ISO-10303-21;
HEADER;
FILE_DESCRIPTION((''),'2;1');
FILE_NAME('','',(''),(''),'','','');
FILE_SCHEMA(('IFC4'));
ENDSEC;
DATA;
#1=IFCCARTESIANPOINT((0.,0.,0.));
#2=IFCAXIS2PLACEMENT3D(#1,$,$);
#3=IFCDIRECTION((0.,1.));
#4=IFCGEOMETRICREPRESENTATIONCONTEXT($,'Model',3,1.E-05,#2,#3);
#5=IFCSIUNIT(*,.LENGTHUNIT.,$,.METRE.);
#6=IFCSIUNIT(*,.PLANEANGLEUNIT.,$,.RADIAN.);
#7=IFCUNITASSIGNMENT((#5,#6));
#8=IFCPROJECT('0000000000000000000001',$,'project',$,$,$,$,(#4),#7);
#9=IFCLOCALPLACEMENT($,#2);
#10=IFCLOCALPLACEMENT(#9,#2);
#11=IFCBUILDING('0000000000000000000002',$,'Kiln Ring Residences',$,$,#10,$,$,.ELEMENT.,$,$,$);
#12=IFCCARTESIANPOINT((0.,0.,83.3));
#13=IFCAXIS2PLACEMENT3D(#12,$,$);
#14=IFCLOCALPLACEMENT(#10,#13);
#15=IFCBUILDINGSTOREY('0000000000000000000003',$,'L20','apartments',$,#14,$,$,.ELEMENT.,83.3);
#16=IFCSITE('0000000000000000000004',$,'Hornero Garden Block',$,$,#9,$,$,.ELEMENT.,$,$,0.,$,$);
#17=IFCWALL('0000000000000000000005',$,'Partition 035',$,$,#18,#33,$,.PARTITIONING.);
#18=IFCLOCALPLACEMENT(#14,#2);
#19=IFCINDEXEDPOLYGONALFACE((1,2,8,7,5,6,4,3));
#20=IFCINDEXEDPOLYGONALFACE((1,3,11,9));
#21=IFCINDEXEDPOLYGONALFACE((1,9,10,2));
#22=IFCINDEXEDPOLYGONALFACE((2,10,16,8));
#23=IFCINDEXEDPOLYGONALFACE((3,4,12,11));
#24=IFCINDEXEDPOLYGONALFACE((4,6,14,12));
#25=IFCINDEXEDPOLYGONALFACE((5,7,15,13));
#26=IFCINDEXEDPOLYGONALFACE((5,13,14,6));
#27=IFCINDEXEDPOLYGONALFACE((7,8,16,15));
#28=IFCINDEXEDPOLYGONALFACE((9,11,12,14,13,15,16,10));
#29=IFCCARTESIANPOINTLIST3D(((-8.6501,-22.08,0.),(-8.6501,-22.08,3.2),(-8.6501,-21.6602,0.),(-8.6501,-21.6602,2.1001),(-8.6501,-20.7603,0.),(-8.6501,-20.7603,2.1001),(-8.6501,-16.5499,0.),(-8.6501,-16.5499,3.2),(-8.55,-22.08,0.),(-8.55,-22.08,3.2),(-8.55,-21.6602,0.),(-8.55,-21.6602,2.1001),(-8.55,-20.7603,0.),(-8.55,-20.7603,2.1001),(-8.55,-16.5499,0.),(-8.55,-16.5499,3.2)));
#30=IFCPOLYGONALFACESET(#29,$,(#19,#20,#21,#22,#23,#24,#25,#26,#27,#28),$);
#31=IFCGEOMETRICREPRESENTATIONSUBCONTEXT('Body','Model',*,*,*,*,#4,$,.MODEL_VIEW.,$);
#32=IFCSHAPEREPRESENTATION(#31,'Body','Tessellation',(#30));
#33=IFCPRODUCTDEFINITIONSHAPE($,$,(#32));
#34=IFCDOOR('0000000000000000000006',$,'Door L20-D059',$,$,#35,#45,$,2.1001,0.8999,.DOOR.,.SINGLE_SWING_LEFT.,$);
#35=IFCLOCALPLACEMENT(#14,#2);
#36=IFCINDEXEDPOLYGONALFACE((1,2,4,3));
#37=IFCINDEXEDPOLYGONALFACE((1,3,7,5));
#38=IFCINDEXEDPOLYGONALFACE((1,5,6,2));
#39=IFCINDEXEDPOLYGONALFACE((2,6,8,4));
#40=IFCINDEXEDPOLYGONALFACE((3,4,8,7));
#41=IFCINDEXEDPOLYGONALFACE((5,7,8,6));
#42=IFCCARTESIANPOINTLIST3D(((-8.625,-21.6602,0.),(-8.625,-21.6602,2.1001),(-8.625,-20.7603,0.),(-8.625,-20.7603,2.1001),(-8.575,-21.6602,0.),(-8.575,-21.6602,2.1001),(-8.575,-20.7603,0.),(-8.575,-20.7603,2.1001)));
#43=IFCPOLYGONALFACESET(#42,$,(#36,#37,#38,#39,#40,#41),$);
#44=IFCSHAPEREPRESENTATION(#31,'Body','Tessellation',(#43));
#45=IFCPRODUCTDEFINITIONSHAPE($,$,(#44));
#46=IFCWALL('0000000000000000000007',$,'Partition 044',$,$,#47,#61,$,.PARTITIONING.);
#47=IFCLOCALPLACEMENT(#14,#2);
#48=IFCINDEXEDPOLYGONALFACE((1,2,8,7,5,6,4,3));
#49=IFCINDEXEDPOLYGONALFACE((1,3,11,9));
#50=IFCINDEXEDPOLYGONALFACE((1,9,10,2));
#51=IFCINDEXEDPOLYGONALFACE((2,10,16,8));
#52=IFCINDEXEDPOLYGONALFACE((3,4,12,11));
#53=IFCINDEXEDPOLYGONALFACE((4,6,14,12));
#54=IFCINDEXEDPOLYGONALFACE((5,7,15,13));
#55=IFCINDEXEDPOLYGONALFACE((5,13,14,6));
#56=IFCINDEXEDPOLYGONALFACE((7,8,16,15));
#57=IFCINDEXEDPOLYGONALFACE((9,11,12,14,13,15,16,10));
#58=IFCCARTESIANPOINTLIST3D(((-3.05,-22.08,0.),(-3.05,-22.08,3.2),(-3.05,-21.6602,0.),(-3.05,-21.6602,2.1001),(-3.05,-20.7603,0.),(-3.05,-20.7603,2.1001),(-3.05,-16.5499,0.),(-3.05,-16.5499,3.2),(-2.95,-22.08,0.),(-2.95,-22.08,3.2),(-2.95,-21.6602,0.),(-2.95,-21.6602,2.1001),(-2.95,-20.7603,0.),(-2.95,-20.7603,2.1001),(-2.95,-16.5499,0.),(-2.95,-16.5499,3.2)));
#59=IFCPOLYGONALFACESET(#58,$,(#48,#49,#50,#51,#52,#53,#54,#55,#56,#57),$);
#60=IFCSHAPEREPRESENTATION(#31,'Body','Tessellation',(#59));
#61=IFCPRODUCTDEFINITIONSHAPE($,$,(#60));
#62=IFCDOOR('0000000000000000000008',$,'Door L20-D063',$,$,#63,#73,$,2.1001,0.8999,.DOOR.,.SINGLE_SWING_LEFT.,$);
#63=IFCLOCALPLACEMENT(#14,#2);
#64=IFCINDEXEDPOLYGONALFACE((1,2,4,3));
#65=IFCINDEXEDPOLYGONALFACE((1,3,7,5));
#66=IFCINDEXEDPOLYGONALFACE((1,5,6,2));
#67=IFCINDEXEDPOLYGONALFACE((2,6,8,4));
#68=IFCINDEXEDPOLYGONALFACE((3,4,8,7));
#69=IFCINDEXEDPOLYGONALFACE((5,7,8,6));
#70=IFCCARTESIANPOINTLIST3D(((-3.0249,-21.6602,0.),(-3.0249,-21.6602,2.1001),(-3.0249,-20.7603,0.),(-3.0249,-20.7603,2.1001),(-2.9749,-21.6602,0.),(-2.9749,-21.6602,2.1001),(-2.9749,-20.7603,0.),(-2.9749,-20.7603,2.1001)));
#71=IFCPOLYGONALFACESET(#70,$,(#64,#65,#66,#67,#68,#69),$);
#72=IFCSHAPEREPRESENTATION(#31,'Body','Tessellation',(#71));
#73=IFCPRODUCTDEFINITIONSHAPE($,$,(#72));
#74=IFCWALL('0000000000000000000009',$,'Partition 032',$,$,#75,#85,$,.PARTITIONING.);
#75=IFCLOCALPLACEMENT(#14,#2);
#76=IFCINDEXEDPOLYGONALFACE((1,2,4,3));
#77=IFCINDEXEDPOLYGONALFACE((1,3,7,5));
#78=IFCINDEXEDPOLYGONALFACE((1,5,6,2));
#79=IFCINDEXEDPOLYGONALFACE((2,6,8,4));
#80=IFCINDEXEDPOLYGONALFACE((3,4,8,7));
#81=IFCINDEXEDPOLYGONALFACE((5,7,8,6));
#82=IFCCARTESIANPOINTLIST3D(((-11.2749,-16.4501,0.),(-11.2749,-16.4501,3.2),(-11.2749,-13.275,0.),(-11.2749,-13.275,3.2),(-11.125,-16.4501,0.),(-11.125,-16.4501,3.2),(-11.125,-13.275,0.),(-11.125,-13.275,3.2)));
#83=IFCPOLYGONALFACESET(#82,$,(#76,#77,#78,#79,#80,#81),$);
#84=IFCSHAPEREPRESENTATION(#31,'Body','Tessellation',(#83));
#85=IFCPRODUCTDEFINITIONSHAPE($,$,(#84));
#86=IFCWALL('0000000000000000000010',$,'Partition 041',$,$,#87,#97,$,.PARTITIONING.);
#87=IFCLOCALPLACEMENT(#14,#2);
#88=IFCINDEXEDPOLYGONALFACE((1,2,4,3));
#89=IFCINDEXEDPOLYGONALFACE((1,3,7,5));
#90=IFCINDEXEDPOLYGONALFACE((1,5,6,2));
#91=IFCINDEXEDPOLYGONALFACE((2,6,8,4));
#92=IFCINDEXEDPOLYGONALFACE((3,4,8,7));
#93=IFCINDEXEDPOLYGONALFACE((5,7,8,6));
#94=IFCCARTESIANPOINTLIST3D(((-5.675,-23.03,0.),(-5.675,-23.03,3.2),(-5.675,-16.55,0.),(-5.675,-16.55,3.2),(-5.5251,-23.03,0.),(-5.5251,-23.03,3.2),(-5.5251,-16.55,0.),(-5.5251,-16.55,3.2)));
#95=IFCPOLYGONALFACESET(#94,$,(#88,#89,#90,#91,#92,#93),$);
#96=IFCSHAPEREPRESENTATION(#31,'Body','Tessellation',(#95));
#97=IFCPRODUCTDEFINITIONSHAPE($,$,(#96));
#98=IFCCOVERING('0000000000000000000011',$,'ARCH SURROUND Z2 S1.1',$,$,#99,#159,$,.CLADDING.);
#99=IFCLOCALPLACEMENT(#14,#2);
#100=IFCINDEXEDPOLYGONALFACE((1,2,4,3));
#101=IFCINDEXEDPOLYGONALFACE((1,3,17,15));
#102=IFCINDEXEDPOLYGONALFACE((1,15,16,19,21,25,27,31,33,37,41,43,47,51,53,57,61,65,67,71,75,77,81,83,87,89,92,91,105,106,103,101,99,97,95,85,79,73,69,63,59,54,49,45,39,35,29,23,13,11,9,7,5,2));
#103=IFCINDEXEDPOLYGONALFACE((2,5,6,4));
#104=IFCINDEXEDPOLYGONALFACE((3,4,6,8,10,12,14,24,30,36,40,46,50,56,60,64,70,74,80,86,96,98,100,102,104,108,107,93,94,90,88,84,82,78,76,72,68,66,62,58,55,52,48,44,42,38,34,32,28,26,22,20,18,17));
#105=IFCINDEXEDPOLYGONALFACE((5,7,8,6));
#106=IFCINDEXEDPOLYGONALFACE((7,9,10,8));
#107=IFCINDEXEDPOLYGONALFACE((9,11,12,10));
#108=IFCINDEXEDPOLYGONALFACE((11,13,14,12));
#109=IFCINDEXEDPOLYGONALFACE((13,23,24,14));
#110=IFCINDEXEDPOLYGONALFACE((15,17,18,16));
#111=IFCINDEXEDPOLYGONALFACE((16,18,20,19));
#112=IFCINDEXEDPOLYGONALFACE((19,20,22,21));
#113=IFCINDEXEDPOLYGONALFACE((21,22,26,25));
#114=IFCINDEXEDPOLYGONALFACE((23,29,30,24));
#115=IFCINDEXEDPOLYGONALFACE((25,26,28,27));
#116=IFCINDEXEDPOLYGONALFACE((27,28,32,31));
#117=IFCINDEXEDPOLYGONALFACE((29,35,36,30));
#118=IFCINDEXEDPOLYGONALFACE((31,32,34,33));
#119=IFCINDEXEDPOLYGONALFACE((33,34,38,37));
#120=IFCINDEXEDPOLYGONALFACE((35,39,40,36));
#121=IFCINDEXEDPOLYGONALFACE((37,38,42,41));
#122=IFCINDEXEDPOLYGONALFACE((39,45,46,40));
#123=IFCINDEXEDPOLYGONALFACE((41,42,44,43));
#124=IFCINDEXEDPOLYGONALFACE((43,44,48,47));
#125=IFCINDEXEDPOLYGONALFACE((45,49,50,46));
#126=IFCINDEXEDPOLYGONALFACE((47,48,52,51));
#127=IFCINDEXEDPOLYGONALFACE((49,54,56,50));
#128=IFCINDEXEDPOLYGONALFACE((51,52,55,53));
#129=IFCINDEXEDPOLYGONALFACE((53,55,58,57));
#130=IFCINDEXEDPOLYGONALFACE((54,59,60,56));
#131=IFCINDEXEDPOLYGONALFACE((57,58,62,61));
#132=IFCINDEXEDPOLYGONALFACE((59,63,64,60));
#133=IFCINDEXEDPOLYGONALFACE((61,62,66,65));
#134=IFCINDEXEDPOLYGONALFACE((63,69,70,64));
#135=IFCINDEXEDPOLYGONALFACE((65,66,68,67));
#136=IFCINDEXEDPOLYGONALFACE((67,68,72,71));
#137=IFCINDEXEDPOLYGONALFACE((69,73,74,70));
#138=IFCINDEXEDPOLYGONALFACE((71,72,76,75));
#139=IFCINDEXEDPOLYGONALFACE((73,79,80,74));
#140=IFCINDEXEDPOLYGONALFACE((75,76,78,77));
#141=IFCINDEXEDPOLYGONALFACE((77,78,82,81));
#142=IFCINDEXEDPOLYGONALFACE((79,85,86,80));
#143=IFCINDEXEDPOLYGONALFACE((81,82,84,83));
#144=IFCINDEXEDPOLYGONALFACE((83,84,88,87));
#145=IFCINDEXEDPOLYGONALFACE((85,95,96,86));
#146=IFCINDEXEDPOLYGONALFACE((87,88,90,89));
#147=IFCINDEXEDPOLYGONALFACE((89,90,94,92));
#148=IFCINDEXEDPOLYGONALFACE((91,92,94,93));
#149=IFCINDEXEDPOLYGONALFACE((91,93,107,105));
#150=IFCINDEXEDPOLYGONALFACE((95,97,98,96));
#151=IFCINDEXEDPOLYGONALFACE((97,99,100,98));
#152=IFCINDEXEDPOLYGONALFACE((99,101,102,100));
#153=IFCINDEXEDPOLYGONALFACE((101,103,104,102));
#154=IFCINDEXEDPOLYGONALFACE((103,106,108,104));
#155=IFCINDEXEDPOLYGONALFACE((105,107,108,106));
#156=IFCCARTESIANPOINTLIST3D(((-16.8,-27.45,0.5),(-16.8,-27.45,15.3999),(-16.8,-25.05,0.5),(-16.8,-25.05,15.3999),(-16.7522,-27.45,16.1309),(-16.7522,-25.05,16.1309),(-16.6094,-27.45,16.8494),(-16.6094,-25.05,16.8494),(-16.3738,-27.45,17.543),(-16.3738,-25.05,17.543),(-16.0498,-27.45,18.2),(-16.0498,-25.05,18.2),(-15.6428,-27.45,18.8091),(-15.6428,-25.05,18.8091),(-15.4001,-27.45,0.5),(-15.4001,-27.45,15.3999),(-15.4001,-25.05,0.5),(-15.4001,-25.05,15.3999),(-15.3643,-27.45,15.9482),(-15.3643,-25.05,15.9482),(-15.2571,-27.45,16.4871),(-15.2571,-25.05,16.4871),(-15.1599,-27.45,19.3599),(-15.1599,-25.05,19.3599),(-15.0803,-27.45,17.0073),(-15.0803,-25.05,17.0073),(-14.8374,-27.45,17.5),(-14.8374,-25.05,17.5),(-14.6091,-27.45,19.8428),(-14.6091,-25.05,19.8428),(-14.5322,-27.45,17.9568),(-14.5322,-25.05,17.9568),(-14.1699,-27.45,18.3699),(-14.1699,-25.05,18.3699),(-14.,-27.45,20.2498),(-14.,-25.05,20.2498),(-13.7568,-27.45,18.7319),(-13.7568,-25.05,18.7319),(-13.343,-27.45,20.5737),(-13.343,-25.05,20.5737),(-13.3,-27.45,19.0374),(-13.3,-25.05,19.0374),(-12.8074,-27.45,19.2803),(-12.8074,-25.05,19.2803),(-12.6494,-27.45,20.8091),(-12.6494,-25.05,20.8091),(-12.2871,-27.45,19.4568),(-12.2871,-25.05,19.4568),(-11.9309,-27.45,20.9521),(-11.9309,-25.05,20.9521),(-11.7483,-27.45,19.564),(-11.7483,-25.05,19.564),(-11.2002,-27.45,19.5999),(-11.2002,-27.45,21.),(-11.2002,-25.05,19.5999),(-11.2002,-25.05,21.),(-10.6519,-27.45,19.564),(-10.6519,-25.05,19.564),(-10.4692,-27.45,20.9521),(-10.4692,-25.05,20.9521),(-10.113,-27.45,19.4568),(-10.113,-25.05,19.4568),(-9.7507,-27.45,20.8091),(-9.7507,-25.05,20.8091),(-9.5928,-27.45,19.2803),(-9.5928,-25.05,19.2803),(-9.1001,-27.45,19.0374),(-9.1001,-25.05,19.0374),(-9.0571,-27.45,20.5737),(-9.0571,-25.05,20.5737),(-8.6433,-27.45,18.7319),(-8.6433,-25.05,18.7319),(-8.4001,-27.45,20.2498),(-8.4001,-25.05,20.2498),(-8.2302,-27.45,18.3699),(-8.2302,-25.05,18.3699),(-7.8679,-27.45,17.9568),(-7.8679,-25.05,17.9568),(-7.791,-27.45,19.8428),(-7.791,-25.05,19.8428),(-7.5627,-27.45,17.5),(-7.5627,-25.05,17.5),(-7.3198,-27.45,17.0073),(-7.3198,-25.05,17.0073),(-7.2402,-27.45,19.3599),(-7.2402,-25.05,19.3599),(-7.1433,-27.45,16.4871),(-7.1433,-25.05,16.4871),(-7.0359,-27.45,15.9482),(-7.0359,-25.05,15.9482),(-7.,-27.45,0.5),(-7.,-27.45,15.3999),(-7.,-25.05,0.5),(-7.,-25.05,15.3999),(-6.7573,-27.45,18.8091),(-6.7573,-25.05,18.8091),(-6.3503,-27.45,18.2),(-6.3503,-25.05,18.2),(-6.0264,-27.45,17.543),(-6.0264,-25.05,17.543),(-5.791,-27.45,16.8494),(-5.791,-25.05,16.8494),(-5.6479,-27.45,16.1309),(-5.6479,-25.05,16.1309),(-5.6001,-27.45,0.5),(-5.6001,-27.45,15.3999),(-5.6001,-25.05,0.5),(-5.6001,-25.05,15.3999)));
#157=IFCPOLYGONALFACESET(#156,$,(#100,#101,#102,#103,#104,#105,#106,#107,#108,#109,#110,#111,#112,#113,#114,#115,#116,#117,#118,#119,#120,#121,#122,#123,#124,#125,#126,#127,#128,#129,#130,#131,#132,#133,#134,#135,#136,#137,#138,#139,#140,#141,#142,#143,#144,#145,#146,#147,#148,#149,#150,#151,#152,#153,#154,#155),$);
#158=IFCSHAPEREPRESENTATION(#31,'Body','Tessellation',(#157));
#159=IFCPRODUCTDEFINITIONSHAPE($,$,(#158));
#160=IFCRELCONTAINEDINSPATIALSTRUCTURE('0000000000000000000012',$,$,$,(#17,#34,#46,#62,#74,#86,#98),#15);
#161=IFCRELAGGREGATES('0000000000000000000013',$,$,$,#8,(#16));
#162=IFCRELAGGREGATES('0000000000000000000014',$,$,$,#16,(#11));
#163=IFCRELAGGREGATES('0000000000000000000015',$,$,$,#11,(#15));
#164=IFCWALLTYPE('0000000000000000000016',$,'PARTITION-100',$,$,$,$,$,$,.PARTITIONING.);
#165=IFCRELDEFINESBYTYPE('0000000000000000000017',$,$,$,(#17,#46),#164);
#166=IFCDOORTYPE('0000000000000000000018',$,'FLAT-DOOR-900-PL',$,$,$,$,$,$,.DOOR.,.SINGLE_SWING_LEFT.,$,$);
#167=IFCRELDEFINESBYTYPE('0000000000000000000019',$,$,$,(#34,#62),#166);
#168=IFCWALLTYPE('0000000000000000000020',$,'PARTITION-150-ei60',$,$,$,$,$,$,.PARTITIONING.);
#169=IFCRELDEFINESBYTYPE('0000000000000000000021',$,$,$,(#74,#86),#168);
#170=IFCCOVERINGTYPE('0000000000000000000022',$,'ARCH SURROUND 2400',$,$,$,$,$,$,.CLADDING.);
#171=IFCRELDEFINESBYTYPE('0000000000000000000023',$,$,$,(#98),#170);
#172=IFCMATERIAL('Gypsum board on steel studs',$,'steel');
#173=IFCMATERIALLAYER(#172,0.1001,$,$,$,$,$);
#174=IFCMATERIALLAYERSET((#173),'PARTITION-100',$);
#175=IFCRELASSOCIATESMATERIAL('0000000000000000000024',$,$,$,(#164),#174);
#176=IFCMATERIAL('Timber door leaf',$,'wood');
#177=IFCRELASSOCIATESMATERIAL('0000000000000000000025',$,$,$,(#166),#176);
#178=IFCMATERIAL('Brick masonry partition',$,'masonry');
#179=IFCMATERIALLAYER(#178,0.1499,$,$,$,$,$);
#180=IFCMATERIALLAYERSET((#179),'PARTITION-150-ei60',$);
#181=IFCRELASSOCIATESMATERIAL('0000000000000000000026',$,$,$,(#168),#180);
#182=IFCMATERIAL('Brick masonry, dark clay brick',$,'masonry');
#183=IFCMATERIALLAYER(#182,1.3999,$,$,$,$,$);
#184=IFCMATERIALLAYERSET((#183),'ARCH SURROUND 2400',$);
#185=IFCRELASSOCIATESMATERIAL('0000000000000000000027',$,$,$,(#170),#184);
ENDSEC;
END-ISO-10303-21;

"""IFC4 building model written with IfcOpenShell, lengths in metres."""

from ifc_helpers import new_model, si_unit, direction, frame, frame_2d, origin, place, context, subcontext, project, spatial, polyline, rectangle, outline, extrude, material, layer, layer_set, type_object, element, fill, save


model = new_model("IFC4")

# Units and contexts
model_context = context("Model", 3, precision=1e-05, world=origin(), true_north=direction((0.0, 1.0)))
body_context = subcontext(model_context, "Body", "Model", "MODEL_VIEW")
ifc_project = project(units=[si_unit("LENGTHUNIT", "METRE"), si_unit("PLANEANGLEUNIT", "RADIAN")], contexts=[model_context])

# Site, building, storey
site_placement = place(None, origin())
site = spatial("IfcSite", under=ifc_project, at=site_placement, Name="Hornero Garden Block", CompositionType="ELEMENT", RefElevation=0.0)
building_placement = place(site_placement, origin())
building = spatial("IfcBuilding", under=site, at=building_placement, Name="Kiln Ring Residences", CompositionType="ELEMENT")
storey_placement = place(building_placement, frame((0.0, 0.0, 83.3)))
storey = spatial("IfcBuildingStorey", under=building, at=storey_placement, Name="L20", Description="apartments", CompositionType="ELEMENT", Elevation=83.3)

# Walls, openings, doors
ifc_material_1 = material(Name="Gypsum board on steel studs", Category="steel")
ifc_layer_1 = layer(ifc_material_1, 0.1001)
ifc_layer_set_1 = layer_set([ifc_layer_1], Name="PARTITION-100")
wall_type_1 = type_object("IfcWallType", Name="PARTITION-100", PredefinedType="PARTITIONING", material=ifc_layer_set_1)
wall_1_placement = place(storey_placement, frame((-8.6001, -22.0801, 0.0), z_axis=(0.0, 0.0, 1.0), x_axis=(0.0, 1.0, 0.0)))
wall_1 = element("IfcWall", 1, at=wall_1_placement, inside=storey, type_object=wall_type_1, Name="Partition 035", PredefinedType="PARTITIONING", context=body_context, shape_type="SweptSolid", body=[
    extrude(rectangle(XDim=5.53, YDim=0.1001, at=frame_2d((2.7651, 0.0))), origin(), (0.0, 0.0, 1.0), 3.2),
])
opening_1_placement = place(wall_1_placement, frame((0.4199, 0.0, 0.0)))
opening_1 = element("IfcOpeningElement", 2, at=opening_1_placement, cuts=wall_1, PredefinedType="OPENING", context=body_context, shape_type="SweptSolid", body=[
    extrude(rectangle(XDim=0.8999, YDim=2.1001, at=frame_2d((0.45, 1.05))), frame((0.0, 0.0601, 0.0), z_axis=(0.0, -1.0, 0.0), x_axis=(1.0, 0.0, 0.0)), (0.0, 0.0, 1.0), 0.1201),
])
ifc_material_2 = material(Name="Timber door leaf", Category="wood")
door_type = type_object("IfcDoorType", Name="FLAT-DOOR-900-PL", OperationType="SINGLE_SWING_LEFT", PredefinedType="DOOR", material=ifc_material_2)
door_1_placement = place(opening_1_placement, origin())
door_1 = element("IfcDoor", 3, at=door_1_placement, inside=storey, type_object=door_type, Name="Door L20-D059", OperationType="SINGLE_SWING_LEFT", OverallHeight=2.1001, OverallWidth=0.8999, PredefinedType="DOOR", context=body_context, shape_type="SweptSolid", body=[
    extrude(rectangle(XDim=0.8999, YDim=2.1001, at=frame_2d((0.45, 1.05))), frame((0.0, 0.0249, 0.0), z_axis=(0.0, -1.0, 0.0), x_axis=(1.0, 0.0, 0.0)), (0.0, 0.0, 1.0), 0.05),
])
fill(opening_1, door_1)
wall_2_placement = place(storey_placement, frame((-3.0, -22.0801, 0.0), z_axis=(0.0, 0.0, 1.0), x_axis=(0.0, 1.0, 0.0)))
wall_2 = element("IfcWall", 4, at=wall_2_placement, inside=storey, type_object=wall_type_1, Name="Partition 044", PredefinedType="PARTITIONING", context=body_context, shape_type="SweptSolid", body=[
    extrude(rectangle(XDim=5.53, YDim=0.1001, at=frame_2d((2.7651, 0.0))), origin(), (0.0, 0.0, 1.0), 3.2),
])
opening_2_placement = place(wall_2_placement, frame((0.4199, 0.0, 0.0)))
opening_2 = element("IfcOpeningElement", 5, at=opening_2_placement, cuts=wall_2, PredefinedType="OPENING", context=body_context, shape_type="SweptSolid", body=[
    extrude(rectangle(XDim=0.8999, YDim=2.1001, at=frame_2d((0.45, 1.05))), frame((0.0, 0.0601, 0.0), z_axis=(0.0, -1.0, 0.0), x_axis=(1.0, 0.0, 0.0)), (0.0, 0.0, 1.0), 0.1201),
])
door_2_placement = place(opening_2_placement, origin())
door_2 = element("IfcDoor", 6, at=door_2_placement, inside=storey, type_object=door_type, Name="Door L20-D063", OperationType="SINGLE_SWING_LEFT", OverallHeight=2.1001, OverallWidth=0.8999, PredefinedType="DOOR", context=body_context, shape_type="SweptSolid", body=[
    extrude(rectangle(XDim=0.8999, YDim=2.1001, at=frame_2d((0.45, 1.05))), frame((0.0, 0.0249, 0.0), z_axis=(0.0, -1.0, 0.0), x_axis=(1.0, 0.0, 0.0)), (0.0, 0.0, 1.0), 0.05),
])
fill(opening_2, door_2)

# Walls
ifc_material_3 = material(Name="Brick masonry partition", Category="masonry")
ifc_layer_2 = layer(ifc_material_3, 0.1499)
ifc_layer_set_2 = layer_set([ifc_layer_2], Name="PARTITION-150-ei60")
wall_type_2 = type_object("IfcWallType", Name="PARTITION-150-ei60", PredefinedType="PARTITIONING", material=ifc_layer_set_2)
wall_3_placement = place(storey_placement, frame((-11.2, -16.45, 0.0), z_axis=(0.0, 0.0, 1.0), x_axis=(0.0, 1.0, 0.0)))
element("IfcWall", 7, at=wall_3_placement, inside=storey, type_object=wall_type_2, Name="Partition 032", PredefinedType="PARTITIONING", context=body_context, shape_type="SweptSolid", body=[
    extrude(rectangle(XDim=3.175, YDim=0.1499, at=frame_2d((1.5874, 0.0))), origin(), (0.0, 0.0, 1.0), 3.2),
])
wall_4_placement = place(storey_placement, frame((-5.6001, -23.03, 0.0), z_axis=(0.0, 0.0, 1.0), x_axis=(0.0, 1.0, 0.0)))
element("IfcWall", 8, at=wall_4_placement, inside=storey, type_object=wall_type_2, Name="Partition 041", PredefinedType="PARTITIONING", context=body_context, shape_type="SweptSolid", body=[
    extrude(rectangle(XDim=6.48, YDim=0.1499, at=frame_2d((3.24, 0.0))), origin(), (0.0, 0.0, 1.0), 3.2),
])

# Covering
ifc_material_4 = material(Name="Brick masonry, dark clay brick", Category="masonry")
ifc_layer_3 = layer(ifc_material_4, 1.3999)
ifc_layer_set_3 = layer_set([ifc_layer_3], Name="ARCH SURROUND 2400")
covering_type = type_object("IfcCoveringType", Name="ARCH SURROUND 2400", PredefinedType="CLADDING", material=ifc_layer_set_3)
covering_placement = place(storey_placement, frame((-5.6001, -26.25, 0.5), z_axis=(0.0, 0.0, 1.0), x_axis=(-1.0, 0.0, 0.0)))
element("IfcCovering", 9, at=covering_placement, inside=storey, type_object=covering_type, Name="ARCH SURROUND Z2 S1.1", PredefinedType="CLADDING", context=body_context, shape_type="SweptSolid", body=[
    extrude(outline(polyline([(11.2, 0.0), (11.2, 14.8999), (11.1521, 15.6309), (11.0093, 16.3494), (10.7737, 17.043), (10.4497, 17.7), (10.0427, 18.3091), (9.5598, 18.8599), (9.009, 19.3428), (8.3999, 19.7498), (7.7429, 20.0737), (7.0493, 20.3091), (6.3308, 20.4521), (5.6001, 20.5), (4.8691, 20.4521), (4.1506, 20.3091), (3.457, 20.0737), (2.8, 19.7498), (2.1909, 19.3428), (1.6401, 18.8599), (1.1572, 18.3091), (0.7502, 17.7), (0.4263, 17.043), (0.1909, 16.3494), (0.0479, 15.6309), (0.0, 14.8999), (0.0, 0.0), (1.3999, 0.0), (1.3999, 14.8999), (1.4358, 15.4482), (1.5432, 15.9871), (1.7197, 16.5073), (1.9626, 17.0), (2.2678, 17.4568), (2.6301, 17.8699), (3.0432, 18.2319), (3.5, 18.5374), (3.9927, 18.7803), (4.5129, 18.9568), (5.0518, 19.064), (5.6001, 19.0999), (6.1482, 19.064), (6.687, 18.9568), (7.2073, 18.7803), (7.7, 18.5374), (8.1567, 18.2319), (8.5698, 17.8699), (8.9321, 17.4568), (9.2373, 17.0), (9.4802, 16.5073), (9.657, 15.9871), (9.7642, 15.4482), (9.8, 14.8999), (9.8, 0.0), (11.2, 0.0)])), frame((0.0, 1.2, 0.0), z_axis=(0.0, -1.0, 0.0), x_axis=(1.0, 0.0, 0.0)), (0.0, 0.0, 1.0), 2.3999),
])

save(model, "model.ifc")
